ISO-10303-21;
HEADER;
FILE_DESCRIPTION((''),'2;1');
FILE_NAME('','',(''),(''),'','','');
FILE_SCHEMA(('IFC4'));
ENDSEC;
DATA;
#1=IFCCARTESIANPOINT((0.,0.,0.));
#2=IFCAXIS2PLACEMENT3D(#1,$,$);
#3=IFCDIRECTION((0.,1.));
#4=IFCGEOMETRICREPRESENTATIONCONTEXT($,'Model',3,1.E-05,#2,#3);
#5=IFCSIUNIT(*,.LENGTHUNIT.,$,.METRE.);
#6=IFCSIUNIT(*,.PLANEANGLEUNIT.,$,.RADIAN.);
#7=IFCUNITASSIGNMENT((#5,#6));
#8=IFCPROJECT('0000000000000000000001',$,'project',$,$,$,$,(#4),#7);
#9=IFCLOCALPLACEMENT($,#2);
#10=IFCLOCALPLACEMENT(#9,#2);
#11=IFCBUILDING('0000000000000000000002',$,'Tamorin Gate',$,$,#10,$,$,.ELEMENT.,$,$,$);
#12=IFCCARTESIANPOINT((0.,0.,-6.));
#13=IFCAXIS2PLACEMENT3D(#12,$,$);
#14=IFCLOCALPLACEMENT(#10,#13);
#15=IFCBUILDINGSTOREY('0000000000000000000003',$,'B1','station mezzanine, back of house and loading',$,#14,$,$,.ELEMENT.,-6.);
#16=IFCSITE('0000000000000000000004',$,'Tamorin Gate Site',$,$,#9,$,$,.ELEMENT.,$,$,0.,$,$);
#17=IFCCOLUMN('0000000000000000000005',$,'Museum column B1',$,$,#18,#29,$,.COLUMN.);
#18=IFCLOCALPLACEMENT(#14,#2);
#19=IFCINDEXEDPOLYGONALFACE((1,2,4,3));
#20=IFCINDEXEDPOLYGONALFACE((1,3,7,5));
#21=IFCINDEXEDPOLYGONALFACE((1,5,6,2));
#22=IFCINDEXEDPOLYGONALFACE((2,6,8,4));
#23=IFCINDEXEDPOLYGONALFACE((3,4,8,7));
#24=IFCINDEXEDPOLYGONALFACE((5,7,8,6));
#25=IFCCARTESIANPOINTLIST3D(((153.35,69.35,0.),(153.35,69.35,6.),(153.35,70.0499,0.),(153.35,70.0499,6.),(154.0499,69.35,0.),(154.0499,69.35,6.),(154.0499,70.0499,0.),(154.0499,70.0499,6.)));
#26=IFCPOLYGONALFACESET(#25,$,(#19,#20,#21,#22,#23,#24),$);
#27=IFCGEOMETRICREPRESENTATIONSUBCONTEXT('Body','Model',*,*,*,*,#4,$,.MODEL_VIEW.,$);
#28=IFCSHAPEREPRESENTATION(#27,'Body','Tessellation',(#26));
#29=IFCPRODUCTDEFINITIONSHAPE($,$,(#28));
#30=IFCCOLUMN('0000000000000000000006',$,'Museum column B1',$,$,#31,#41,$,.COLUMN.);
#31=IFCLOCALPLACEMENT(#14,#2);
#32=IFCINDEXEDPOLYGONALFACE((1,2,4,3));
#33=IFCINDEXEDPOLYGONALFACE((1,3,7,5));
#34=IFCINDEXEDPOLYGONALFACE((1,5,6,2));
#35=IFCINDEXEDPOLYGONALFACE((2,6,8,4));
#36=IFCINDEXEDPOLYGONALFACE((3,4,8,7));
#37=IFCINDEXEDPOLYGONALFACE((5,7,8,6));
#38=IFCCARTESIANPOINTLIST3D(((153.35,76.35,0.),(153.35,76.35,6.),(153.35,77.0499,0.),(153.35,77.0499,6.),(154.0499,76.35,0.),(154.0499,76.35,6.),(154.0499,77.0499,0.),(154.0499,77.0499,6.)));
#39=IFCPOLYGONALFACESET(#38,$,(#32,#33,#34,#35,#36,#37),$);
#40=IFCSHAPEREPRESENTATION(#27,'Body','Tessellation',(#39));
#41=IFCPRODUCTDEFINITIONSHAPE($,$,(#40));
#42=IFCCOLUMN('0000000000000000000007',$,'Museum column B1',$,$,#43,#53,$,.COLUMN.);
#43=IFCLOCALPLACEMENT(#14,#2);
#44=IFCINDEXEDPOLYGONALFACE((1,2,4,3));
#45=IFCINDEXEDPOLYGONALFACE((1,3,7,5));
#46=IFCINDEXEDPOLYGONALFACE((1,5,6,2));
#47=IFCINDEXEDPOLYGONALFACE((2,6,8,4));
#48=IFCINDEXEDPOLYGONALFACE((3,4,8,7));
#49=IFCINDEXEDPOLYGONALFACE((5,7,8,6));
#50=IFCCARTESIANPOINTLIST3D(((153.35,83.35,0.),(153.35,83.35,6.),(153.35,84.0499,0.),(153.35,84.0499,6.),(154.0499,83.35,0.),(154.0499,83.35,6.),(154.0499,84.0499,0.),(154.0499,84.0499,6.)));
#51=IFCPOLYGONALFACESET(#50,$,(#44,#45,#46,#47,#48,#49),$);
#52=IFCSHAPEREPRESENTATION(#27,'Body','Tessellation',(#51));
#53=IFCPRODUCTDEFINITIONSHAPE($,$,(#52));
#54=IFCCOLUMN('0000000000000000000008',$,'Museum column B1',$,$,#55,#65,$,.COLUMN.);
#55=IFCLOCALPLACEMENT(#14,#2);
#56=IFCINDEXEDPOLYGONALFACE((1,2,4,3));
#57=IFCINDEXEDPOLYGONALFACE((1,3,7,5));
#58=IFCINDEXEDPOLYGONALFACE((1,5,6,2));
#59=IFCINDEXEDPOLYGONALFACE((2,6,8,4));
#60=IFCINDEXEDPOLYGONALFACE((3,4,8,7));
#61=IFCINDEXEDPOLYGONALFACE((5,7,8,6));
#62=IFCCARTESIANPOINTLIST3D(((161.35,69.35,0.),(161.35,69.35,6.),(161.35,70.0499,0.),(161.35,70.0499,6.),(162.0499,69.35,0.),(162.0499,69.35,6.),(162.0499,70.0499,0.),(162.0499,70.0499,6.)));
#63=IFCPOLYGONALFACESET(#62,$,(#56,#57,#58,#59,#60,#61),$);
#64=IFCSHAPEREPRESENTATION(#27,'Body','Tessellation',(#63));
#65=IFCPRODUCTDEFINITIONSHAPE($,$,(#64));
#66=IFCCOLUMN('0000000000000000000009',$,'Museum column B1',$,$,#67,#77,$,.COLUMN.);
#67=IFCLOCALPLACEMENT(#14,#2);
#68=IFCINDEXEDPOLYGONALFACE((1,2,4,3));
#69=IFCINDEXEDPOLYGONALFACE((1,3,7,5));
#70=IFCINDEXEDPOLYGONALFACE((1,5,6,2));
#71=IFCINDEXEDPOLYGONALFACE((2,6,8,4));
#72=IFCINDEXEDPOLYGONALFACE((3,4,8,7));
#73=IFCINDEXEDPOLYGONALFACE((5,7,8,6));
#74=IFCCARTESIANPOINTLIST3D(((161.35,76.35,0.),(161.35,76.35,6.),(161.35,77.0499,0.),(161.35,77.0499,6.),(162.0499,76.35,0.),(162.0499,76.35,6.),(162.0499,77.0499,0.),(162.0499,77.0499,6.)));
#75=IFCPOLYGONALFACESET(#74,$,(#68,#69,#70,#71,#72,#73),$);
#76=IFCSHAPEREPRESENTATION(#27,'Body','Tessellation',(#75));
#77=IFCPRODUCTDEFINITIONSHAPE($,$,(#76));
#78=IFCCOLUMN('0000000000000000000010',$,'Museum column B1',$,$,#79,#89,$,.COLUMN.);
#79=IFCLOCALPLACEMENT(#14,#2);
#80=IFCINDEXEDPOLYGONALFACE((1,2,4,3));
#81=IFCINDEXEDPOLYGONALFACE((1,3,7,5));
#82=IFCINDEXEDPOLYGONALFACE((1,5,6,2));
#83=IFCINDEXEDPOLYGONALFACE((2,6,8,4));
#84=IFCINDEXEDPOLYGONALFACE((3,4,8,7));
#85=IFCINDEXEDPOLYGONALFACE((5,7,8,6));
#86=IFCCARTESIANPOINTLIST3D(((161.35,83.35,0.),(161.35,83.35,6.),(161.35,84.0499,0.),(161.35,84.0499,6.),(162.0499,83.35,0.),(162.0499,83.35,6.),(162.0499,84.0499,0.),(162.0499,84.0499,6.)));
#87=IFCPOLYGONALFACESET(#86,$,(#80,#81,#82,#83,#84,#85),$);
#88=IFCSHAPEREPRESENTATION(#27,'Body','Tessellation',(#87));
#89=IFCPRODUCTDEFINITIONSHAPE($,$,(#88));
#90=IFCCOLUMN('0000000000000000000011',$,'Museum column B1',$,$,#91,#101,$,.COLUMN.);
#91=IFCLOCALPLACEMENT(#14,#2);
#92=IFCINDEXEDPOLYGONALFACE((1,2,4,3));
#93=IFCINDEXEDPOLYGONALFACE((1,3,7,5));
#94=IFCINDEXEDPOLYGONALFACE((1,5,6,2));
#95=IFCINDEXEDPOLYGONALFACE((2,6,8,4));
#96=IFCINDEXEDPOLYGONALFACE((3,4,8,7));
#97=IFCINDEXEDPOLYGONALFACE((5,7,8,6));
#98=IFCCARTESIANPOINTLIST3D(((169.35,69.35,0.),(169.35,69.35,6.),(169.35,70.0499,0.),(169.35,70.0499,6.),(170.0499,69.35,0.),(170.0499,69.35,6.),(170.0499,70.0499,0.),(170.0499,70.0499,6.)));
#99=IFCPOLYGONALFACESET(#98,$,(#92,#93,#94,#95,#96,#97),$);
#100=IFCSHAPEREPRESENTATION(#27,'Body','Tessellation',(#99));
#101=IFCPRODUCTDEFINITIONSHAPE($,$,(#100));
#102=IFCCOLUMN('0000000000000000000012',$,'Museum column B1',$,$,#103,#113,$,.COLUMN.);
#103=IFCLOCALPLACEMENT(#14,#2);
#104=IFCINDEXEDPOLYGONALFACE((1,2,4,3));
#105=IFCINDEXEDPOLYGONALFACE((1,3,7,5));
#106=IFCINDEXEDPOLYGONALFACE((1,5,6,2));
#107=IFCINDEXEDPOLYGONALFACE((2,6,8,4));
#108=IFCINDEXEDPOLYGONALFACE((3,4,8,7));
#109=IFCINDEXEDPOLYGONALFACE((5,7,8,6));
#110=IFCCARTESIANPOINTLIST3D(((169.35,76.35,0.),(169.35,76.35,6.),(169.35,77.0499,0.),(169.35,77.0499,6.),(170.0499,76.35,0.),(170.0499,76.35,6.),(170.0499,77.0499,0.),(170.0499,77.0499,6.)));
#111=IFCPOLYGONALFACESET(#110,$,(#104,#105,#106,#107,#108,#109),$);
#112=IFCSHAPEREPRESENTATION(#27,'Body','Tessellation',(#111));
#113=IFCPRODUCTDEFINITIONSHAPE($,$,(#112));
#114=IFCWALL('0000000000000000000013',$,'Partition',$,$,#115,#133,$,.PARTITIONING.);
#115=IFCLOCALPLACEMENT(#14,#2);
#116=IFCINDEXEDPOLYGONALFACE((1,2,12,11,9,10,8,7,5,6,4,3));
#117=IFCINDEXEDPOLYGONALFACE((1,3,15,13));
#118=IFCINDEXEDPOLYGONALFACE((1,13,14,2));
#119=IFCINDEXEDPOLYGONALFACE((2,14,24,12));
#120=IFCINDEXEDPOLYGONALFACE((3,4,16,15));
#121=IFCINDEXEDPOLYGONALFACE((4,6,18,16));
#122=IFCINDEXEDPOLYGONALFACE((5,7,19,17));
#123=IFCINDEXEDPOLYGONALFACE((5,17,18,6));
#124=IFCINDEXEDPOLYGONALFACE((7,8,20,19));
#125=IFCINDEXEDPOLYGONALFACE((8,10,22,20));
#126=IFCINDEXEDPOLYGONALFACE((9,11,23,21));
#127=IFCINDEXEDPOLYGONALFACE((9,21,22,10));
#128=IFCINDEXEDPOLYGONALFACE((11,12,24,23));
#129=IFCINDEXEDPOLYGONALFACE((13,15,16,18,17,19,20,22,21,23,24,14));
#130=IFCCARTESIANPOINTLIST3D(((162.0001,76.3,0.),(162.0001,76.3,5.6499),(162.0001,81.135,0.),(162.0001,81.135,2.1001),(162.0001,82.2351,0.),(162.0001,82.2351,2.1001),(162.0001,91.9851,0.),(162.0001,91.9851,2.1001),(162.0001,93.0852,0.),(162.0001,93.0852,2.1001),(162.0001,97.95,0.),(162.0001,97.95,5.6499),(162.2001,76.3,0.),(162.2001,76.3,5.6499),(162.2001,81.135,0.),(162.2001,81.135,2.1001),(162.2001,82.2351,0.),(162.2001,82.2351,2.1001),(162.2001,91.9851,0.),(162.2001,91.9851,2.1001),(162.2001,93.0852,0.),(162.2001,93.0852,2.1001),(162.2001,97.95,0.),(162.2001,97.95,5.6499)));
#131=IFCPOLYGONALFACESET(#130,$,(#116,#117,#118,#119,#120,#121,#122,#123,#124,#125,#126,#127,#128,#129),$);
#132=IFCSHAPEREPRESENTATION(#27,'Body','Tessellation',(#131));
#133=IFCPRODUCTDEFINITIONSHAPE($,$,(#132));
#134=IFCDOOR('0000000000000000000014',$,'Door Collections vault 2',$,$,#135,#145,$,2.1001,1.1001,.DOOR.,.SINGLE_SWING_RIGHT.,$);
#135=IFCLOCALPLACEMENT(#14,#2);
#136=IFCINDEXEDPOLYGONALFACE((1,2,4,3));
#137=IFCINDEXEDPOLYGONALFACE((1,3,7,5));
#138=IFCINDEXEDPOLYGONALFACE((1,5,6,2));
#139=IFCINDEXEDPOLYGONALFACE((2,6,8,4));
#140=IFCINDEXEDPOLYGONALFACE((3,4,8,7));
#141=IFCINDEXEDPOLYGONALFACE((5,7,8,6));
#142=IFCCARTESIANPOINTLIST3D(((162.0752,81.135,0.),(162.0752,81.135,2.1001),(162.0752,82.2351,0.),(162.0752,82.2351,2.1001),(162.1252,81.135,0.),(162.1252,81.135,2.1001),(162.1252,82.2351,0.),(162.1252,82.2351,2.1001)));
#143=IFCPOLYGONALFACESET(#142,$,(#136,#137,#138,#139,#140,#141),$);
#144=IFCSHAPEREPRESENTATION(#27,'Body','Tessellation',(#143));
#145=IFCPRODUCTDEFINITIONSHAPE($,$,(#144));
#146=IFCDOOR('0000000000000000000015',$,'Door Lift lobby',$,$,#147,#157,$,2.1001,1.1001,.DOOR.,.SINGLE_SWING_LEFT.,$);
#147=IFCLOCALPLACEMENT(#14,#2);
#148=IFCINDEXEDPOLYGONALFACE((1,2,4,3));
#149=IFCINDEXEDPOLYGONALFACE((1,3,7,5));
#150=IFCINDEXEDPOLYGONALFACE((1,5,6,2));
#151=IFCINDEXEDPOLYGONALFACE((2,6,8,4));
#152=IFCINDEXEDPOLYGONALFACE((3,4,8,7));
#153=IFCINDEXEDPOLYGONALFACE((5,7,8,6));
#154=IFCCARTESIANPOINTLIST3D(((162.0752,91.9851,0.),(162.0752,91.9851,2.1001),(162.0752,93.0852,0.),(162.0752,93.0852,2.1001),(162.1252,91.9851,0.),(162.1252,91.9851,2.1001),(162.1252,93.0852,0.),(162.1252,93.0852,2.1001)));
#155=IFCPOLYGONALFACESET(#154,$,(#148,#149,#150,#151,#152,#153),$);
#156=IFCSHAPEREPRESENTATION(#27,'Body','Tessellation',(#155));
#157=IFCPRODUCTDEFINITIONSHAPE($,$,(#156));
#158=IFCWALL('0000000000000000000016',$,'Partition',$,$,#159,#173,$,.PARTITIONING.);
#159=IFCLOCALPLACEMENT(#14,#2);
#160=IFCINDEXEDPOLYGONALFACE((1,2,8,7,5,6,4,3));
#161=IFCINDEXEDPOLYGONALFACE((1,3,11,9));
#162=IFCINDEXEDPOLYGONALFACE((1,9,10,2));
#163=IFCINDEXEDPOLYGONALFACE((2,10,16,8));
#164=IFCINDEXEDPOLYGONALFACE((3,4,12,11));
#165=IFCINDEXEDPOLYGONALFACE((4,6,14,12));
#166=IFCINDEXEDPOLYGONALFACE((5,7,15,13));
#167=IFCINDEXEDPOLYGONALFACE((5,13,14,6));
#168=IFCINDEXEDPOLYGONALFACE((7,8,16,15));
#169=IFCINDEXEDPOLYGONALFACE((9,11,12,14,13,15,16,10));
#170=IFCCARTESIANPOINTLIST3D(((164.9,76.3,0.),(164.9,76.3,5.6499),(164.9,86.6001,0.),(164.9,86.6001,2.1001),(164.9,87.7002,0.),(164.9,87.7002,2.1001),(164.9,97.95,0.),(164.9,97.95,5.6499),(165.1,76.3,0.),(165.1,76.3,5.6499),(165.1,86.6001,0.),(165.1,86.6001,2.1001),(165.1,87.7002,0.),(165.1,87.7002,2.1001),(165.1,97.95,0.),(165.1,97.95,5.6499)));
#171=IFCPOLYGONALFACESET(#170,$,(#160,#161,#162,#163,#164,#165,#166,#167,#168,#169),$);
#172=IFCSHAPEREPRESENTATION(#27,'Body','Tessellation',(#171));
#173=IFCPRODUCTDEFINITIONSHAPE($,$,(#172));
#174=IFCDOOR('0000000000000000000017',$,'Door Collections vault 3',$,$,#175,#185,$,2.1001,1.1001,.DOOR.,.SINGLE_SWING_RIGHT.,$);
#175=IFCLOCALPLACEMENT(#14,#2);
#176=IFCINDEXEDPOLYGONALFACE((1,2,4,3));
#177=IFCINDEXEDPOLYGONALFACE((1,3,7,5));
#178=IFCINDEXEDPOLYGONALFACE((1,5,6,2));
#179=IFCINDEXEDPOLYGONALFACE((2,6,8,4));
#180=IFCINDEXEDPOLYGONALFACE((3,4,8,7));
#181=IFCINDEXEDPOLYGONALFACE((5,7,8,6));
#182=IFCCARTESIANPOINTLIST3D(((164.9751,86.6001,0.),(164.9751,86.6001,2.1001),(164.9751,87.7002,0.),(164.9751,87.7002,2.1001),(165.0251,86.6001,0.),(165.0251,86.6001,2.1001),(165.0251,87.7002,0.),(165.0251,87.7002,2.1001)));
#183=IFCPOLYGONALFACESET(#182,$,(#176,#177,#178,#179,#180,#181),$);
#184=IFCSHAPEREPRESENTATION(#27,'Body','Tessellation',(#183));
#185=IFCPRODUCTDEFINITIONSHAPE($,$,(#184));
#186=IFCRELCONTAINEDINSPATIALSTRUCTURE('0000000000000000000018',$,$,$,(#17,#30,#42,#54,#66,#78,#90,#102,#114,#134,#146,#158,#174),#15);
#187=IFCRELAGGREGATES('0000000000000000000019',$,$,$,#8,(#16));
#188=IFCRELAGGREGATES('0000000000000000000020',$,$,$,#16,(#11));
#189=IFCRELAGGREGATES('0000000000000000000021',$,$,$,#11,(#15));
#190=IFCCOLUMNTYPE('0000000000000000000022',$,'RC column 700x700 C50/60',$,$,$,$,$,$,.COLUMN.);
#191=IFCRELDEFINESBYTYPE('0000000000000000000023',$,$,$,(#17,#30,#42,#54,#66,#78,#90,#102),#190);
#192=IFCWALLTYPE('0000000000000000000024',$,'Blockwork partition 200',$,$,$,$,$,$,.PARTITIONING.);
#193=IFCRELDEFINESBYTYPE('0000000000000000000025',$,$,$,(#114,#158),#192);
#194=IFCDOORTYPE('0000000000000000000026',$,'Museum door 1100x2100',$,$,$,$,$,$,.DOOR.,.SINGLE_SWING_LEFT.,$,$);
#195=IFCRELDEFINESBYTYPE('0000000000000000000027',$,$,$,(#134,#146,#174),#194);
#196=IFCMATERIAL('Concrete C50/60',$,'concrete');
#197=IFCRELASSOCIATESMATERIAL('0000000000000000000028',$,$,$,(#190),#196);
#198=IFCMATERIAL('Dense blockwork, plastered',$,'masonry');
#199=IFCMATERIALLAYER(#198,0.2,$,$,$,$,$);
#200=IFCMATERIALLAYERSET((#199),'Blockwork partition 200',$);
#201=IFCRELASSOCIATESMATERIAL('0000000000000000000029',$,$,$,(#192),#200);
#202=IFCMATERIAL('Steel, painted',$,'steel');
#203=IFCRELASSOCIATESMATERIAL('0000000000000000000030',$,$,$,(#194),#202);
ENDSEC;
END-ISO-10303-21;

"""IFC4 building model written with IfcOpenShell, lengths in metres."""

from ifc_helpers import new_model, si_unit, direction, frame, frame_2d, origin, origin_2d, place, context, subcontext, project, spatial, rectangle, extrude, material, layer, layer_set, material_profile, profile_set, type_object, element, fill, save


model = new_model("IFC4")

# Units and contexts
model_context = context("Model", 3, precision=1e-05, world=origin(), true_north=direction((0.0, 1.0)))
body_context = subcontext(model_context, "Body", "Model", "MODEL_VIEW")
ifc_project = project(units=[si_unit("LENGTHUNIT", "METRE"), si_unit("PLANEANGLEUNIT", "RADIAN")], contexts=[model_context])

# Site, building, storey
site_placement = place(None, origin())
site = spatial("IfcSite", under=ifc_project, at=site_placement, Name="Tamorin Gate Site", CompositionType="ELEMENT", RefElevation=0.0)
building_placement = place(site_placement, origin())
building = spatial("IfcBuilding", under=site, at=building_placement, Name="Tamorin Gate", CompositionType="ELEMENT")
storey_placement = place(building_placement, frame((0.0, 0.0, -6.0)))
storey = spatial("IfcBuildingStorey", under=building, at=storey_placement, Name="B1", Description="station mezzanine, back of house and loading", CompositionType="ELEMENT", Elevation=-6.0)

# Columns
ifc_material_1 = material(Name="Concrete C50/60", Category="concrete")
ifc_material_profile_1 = material_profile(ifc_material_1, rectangle(XDim=0.7, YDim=0.7, at=origin_2d()), Name="RC 700x700")
ifc_profile_set_1 = profile_set([ifc_material_profile_1], Name="Concrete C50/60")
column_type = type_object("IfcColumnType", Name="RC column 700x700 C50/60", PredefinedType="COLUMN", material=ifc_profile_set_1)
for number, where, z_axis, x_axis, name in (
    (1, (153.7, 69.7, 0.0), (0.0, 0.0, 1.0), (1.0, 0.0, 0.0), "Museum column B1"),
    (2, (153.7, 76.7, 0.0), (0.0, 0.0, 1.0), (1.0, 0.0, 0.0), "Museum column B1"),
    (3, (153.7, 83.7, 0.0), (0.0, 0.0, 1.0), (1.0, 0.0, 0.0), "Museum column B1"),
    (4, (161.7, 69.7, 0.0), (0.0, 0.0, 1.0), (1.0, 0.0, 0.0), "Museum column B1"),
    (5, (161.7, 76.7, 0.0), (0.0, 0.0, 1.0), (1.0, 0.0, 0.0), "Museum column B1"),
    (6, (161.7, 83.7, 0.0), (0.0, 0.0, 1.0), (1.0, 0.0, 0.0), "Museum column B1"),
    (7, (169.7, 69.7, 0.0), (0.0, 0.0, 1.0), (1.0, 0.0, 0.0), "Museum column B1"),
    (8, (169.7, 76.7, 0.0), (0.0, 0.0, 1.0), (1.0, 0.0, 0.0), "Museum column B1"),
):
    element("IfcColumn", number, at=place(storey_placement, frame(where, z_axis=z_axis, x_axis=x_axis)), inside=storey, type_object=column_type, Name=name, PredefinedType="COLUMN", context=body_context, shape_type="SweptSolid", body=[
        extrude(rectangle(XDim=0.7, YDim=0.7, at=origin_2d()), origin(), (0.0, 0.0, 1.0), 6.0),
    ])

# Wall, openings, doors
ifc_material_2 = material(Name="Dense blockwork, plastered", Category="masonry")
ifc_layer = layer(ifc_material_2, 0.2)
ifc_layer_set = layer_set([ifc_layer], Name="Blockwork partition 200")
wall_type = type_object("IfcWallType", Name="Blockwork partition 200", PredefinedType="PARTITIONING", material=ifc_layer_set)
wall_1_placement = place(storey_placement, frame((162.1001, 76.3, 0.0), z_axis=(0.0, 0.0, 1.0), x_axis=(0.0, 1.0, 0.0)))
wall_1 = element("IfcWall", 9, at=wall_1_placement, inside=storey, type_object=wall_type, Name="Partition", PredefinedType="PARTITIONING", context=body_context, shape_type="SweptSolid", body=[
    extrude(rectangle(XDim=21.6499, YDim=0.2, at=frame_2d((10.825, 0.0))), origin(), (0.0, 0.0, 1.0), 5.6499),
])
opening_1_placement = place(wall_1_placement, frame((4.835, 0.0, 0.0)))
opening_1 = element("IfcOpeningElement", 10, at=opening_1_placement, cuts=wall_1, PredefinedType="OPENING", context=body_context, shape_type="SweptSolid", body=[
    extrude(rectangle(XDim=1.1001, YDim=2.1001, at=frame_2d((0.55, 1.05))), frame((0.0, 0.1099, 0.0), z_axis=(0.0, -1.0, 0.0), x_axis=(1.0, 0.0, 0.0)), (0.0, 0.0, 1.0), 0.22),
])
opening_2_placement = place(wall_1_placement, frame((15.6851, 0.0, 0.0)))
opening_2 = element("IfcOpeningElement", 11, at=opening_2_placement, cuts=wall_1, PredefinedType="OPENING", context=body_context, shape_type="SweptSolid", body=[
    extrude(rectangle(XDim=1.1001, YDim=2.1001, at=frame_2d((0.55, 1.05))), frame((0.0, 0.1099, 0.0), z_axis=(0.0, -1.0, 0.0), x_axis=(1.0, 0.0, 0.0)), (0.0, 0.0, 1.0), 0.22),
])
ifc_material_3 = material(Name="Steel, painted", Category="steel")
door_type = type_object("IfcDoorType", Name="Museum door 1100x2100", OperationType="SINGLE_SWING_LEFT", PredefinedType="DOOR", material=ifc_material_3)
door_1_placement = place(opening_1_placement, origin())
door_1 = element("IfcDoor", 12, at=door_1_placement, inside=storey, type_object=door_type, Name="Door Collections vault 2", OperationType="SINGLE_SWING_RIGHT", OverallHeight=2.1001, OverallWidth=1.1001, PredefinedType="DOOR", context=body_context, shape_type="SweptSolid", body=[
    extrude(rectangle(XDim=1.1001, YDim=2.1001, at=frame_2d((0.55, 1.05))), frame((0.0, 0.0249, 0.0), z_axis=(0.0, -1.0, 0.0), x_axis=(1.0, 0.0, 0.0)), (0.0, 0.0, 1.0), 0.05),
])
fill(opening_1, door_1)
door_2_placement = place(opening_2_placement, origin())
door_2 = element("IfcDoor", 13, at=door_2_placement, inside=storey, type_object=door_type, Name="Door Lift lobby", OperationType="SINGLE_SWING_LEFT", OverallHeight=2.1001, OverallWidth=1.1001, PredefinedType="DOOR", context=body_context, shape_type="SweptSolid", body=[
    extrude(rectangle(XDim=1.1001, YDim=2.1001, at=frame_2d((0.55, 1.05))), frame((0.0, 0.0249, 0.0), z_axis=(0.0, -1.0, 0.0), x_axis=(1.0, 0.0, 0.0)), (0.0, 0.0, 1.0), 0.05),
])
fill(opening_2, door_2)

# Wall, opening, door
wall_2_placement = place(storey_placement, frame((165.0, 76.3, 0.0), z_axis=(0.0, 0.0, 1.0), x_axis=(0.0, 1.0, 0.0)))
wall_2 = element("IfcWall", 14, at=wall_2_placement, inside=storey, type_object=wall_type, Name="Partition", PredefinedType="PARTITIONING", context=body_context, shape_type="SweptSolid", body=[
    extrude(rectangle(XDim=21.6499, YDim=0.2, at=frame_2d((10.825, 0.0))), origin(), (0.0, 0.0, 1.0), 5.6499),
])
opening_3_placement = place(wall_2_placement, frame((10.3, 0.0, 0.0)))
opening_3 = element("IfcOpeningElement", 15, at=opening_3_placement, cuts=wall_2, PredefinedType="OPENING", context=body_context, shape_type="SweptSolid", body=[
    extrude(rectangle(XDim=1.1001, YDim=2.1001, at=frame_2d((0.55, 1.05))), frame((0.0, 0.1099, 0.0), z_axis=(0.0, -1.0, 0.0), x_axis=(1.0, 0.0, 0.0)), (0.0, 0.0, 1.0), 0.22),
])
door_3_placement = place(opening_3_placement, origin())
door_3 = element("IfcDoor", 16, at=door_3_placement, inside=storey, type_object=door_type, Name="Door Collections vault 3", OperationType="SINGLE_SWING_RIGHT", OverallHeight=2.1001, OverallWidth=1.1001, PredefinedType="DOOR", context=body_context, shape_type="SweptSolid", body=[
    extrude(rectangle(XDim=1.1001, YDim=2.1001, at=frame_2d((0.55, 1.05))), frame((0.0, 0.0249, 0.0), z_axis=(0.0, -1.0, 0.0), x_axis=(1.0, 0.0, 0.0)), (0.0, 0.0, 1.0), 0.05),
])
fill(opening_3, door_3)

save(model, "model.ifc")
